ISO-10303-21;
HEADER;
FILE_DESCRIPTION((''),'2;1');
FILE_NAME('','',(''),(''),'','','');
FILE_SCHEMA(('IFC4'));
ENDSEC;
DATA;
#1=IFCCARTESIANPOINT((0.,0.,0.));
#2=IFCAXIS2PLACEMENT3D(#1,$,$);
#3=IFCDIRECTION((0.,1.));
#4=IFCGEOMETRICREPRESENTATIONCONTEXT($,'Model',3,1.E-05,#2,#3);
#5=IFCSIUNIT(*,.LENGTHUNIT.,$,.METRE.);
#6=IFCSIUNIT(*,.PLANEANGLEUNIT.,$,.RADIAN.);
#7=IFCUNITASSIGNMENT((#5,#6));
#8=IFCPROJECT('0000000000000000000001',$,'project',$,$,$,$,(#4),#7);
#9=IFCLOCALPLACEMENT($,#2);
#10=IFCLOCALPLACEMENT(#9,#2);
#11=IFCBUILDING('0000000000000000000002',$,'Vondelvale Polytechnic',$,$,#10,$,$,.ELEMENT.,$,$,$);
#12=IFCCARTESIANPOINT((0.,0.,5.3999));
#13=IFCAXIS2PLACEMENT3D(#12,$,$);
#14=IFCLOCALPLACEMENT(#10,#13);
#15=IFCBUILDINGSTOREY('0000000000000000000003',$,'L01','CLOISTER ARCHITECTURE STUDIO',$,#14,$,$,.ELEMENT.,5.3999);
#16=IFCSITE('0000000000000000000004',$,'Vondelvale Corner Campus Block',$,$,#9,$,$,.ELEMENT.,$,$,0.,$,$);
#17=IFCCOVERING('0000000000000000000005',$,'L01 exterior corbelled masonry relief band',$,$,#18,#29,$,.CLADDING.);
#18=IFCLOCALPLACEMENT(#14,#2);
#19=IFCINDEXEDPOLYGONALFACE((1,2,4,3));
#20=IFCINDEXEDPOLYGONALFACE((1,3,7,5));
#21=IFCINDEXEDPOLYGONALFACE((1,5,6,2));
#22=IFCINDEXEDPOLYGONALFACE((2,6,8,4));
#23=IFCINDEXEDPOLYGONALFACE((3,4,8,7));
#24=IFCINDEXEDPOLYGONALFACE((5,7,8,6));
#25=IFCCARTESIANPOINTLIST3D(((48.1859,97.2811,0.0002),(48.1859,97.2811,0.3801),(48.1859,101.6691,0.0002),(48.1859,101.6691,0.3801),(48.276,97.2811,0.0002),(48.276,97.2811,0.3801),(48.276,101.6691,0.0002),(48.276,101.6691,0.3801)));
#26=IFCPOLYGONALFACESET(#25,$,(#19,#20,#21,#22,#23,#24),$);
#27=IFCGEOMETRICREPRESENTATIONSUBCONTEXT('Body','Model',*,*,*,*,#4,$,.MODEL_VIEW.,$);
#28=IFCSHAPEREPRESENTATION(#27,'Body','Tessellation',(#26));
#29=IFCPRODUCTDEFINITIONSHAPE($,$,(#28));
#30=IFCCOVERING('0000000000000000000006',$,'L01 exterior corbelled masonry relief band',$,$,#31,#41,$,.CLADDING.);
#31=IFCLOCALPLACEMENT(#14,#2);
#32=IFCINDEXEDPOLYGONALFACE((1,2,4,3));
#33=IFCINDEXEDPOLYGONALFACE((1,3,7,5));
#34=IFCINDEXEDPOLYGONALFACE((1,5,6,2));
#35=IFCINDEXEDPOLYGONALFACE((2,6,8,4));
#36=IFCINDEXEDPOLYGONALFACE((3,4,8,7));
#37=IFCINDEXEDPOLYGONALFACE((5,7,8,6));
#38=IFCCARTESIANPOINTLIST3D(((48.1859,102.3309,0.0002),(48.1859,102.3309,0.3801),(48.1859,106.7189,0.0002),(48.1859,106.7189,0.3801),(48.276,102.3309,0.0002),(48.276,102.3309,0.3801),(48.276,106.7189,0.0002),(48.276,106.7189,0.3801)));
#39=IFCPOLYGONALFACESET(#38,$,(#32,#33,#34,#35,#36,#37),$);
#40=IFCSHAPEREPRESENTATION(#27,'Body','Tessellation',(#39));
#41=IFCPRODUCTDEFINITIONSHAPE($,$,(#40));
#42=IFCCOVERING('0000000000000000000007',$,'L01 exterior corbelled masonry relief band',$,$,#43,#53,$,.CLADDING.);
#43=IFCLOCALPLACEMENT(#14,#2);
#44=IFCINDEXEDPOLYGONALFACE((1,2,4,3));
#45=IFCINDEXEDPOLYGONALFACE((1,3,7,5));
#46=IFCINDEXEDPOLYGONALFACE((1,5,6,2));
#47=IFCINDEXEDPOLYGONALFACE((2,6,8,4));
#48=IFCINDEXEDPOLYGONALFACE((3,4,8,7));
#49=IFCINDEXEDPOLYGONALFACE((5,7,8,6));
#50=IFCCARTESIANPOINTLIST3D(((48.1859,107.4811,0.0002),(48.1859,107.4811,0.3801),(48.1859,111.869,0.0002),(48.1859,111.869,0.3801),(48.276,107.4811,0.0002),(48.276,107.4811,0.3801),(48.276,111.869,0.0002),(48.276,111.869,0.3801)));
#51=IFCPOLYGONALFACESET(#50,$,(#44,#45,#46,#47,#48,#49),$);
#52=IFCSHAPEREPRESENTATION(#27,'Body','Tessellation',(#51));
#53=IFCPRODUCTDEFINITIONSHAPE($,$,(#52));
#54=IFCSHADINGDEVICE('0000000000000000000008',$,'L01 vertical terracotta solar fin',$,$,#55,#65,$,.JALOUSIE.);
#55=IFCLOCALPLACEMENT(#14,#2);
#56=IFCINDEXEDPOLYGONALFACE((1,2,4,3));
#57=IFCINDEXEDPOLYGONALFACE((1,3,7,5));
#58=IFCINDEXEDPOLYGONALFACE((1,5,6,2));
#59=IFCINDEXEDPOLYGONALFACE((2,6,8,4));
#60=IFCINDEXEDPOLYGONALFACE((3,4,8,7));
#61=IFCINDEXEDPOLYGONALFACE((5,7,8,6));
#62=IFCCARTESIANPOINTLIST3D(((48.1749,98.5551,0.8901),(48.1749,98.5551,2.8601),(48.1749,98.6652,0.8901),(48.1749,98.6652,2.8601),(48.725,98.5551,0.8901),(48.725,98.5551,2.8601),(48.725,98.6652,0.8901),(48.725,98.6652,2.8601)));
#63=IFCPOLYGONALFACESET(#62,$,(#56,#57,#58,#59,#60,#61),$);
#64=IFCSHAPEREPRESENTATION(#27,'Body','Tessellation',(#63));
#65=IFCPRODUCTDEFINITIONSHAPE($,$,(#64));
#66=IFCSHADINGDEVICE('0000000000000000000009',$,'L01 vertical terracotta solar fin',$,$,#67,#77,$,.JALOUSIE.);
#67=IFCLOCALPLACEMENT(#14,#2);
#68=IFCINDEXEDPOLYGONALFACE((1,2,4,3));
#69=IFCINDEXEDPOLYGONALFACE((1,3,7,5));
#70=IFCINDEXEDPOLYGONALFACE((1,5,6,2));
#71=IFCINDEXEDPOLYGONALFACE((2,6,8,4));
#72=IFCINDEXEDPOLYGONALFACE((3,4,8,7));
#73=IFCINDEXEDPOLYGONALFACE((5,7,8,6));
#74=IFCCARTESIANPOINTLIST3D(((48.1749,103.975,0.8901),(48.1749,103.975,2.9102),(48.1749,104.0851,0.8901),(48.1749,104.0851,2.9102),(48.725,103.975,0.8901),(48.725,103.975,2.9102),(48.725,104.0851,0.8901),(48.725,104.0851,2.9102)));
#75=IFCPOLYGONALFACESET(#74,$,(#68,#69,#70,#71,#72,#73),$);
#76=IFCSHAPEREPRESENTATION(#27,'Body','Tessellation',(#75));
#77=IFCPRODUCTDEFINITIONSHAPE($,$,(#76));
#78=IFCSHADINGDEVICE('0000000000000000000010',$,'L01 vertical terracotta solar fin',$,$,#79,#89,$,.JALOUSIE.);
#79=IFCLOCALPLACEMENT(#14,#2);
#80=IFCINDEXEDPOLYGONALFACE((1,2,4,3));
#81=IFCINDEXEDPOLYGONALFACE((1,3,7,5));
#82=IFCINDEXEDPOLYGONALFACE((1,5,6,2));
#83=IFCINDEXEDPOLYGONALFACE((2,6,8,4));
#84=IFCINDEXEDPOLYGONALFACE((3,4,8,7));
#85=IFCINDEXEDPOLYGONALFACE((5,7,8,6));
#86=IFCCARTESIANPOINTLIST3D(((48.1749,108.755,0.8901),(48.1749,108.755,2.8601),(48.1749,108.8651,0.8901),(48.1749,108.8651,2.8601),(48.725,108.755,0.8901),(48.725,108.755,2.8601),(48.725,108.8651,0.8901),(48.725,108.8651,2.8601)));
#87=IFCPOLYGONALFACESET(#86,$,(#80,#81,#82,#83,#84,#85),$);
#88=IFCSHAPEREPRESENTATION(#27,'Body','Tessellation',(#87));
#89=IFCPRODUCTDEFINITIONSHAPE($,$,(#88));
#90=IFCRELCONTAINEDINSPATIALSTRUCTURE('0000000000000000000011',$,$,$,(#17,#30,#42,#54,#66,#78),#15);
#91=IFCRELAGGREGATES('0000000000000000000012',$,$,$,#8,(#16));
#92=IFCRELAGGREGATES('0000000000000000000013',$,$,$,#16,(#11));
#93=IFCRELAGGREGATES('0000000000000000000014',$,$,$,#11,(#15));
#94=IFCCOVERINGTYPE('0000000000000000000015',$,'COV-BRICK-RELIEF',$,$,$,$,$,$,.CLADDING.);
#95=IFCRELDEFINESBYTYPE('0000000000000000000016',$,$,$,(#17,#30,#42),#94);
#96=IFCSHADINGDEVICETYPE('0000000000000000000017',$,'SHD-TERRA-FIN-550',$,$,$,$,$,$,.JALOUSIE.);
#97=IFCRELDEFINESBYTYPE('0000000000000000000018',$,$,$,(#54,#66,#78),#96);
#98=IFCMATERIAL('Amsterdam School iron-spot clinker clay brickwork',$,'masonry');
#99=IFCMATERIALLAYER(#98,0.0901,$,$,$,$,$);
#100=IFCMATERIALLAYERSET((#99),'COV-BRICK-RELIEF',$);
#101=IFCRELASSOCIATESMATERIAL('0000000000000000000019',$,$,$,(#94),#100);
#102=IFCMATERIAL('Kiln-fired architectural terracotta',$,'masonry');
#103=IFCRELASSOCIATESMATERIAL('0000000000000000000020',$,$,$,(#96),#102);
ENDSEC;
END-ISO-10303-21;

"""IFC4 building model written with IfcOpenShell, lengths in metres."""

from ifc_helpers import new_model, si_unit, direction, frame, origin, origin_2d, place, context, subcontext, project, spatial, rectangle, extrude, material, layer, layer_set, type_object, element, save


model = new_model("IFC4")

# Units and contexts
model_context = context("Model", 3, precision=1e-05, world=origin(), true_north=direction((0.0, 1.0)))
body_context = subcontext(model_context, "Body", "Model", "MODEL_VIEW")
ifc_project = project(units=[si_unit("LENGTHUNIT", "METRE"), si_unit("PLANEANGLEUNIT", "RADIAN")], contexts=[model_context])

# Site, building, storey
site_placement = place(None, origin())
site = spatial("IfcSite", under=ifc_project, at=site_placement, Name="Vondelvale Corner Campus Block", CompositionType="ELEMENT", RefElevation=0.0)
building_placement = place(site_placement, origin())
building = spatial("IfcBuilding", under=site, at=building_placement, Name="Vondelvale Polytechnic", CompositionType="ELEMENT")
storey_placement = place(building_placement, frame((0.0, 0.0, 5.3999)))
storey = spatial("IfcBuildingStorey", under=building, at=storey_placement, Name="L01", Description="CLOISTER ARCHITECTURE STUDIO", CompositionType="ELEMENT", Elevation=5.3999)

# Shared definitions
ifc_material_1 = material(Name="Amsterdam School iron-spot clinker clay brickwork", Category="masonry")

# Coverings
ifc_layer_1 = layer(ifc_material_1, 0.0901)
ifc_layer_set_1 = layer_set([ifc_layer_1], Name="COV-BRICK-RELIEF")
covering_type = type_object("IfcCoveringType", Name="COV-BRICK-RELIEF", PredefinedType="CLADDING", material=ifc_layer_set_1)
for number, where, z_axis, x_axis, name in (
    (1, (48.231, 99.4751, 0.0002), (0.0, 0.0, 1.0), (0.0, -1.0, 0.0), "L01 exterior corbelled masonry relief band"),
    (2, (48.231, 104.5249, 0.0002), (0.0, 0.0, 1.0), (0.0, -1.0, 0.0), "L01 exterior corbelled masonry relief band"),
    (3, (48.231, 109.675, 0.0002), (0.0, 0.0, 1.0), (0.0, -1.0, 0.0), "L01 exterior corbelled masonry relief band"),
):
    element("IfcCovering", number, at=place(storey_placement, frame(where, z_axis=z_axis, x_axis=x_axis)), inside=storey, type_object=covering_type, Name=name, PredefinedType="CLADDING", context=body_context, shape_type="SweptSolid", body=[
        extrude(rectangle(XDim=4.3879, YDim=0.0901, at=origin_2d()), origin(), (0.0, 0.0, 1.0), 0.3799),
    ])

# Shading devices
ifc_material_2 = material(Name="Kiln-fired architectural terracotta", Category="masonry")
shading_device_type = type_object("IfcShadingDeviceType", Name="SHD-TERRA-FIN-550", PredefinedType="JALOUSIE", material=ifc_material_2)
shading_device_1_placement = place(storey_placement, frame((48.45, 98.6101, 0.8901), z_axis=(0.0, 0.0, 1.0), x_axis=(0.0, -1.0, 0.0)))
element("IfcShadingDevice", 4, at=shading_device_1_placement, inside=storey, type_object=shading_device_type, Name="L01 vertical terracotta solar fin", PredefinedType="JALOUSIE", context=body_context, shape_type="SweptSolid", body=[
    extrude(rectangle(XDim=0.1101, YDim=0.55, at=origin_2d()), origin(), (0.0, 0.0, 1.0), 1.97),
])
shading_device_2_placement = place(storey_placement, frame((48.45, 104.03, 0.8901), z_axis=(0.0, 0.0, 1.0), x_axis=(0.0, -1.0, 0.0)))
element("IfcShadingDevice", 5, at=shading_device_2_placement, inside=storey, type_object=shading_device_type, Name="L01 vertical terracotta solar fin", PredefinedType="JALOUSIE", context=body_context, shape_type="SweptSolid", body=[
    extrude(rectangle(XDim=0.1101, YDim=0.55, at=origin_2d()), origin(), (0.0, 0.0, 1.0), 2.02),
])
shading_device_3_placement = place(storey_placement, frame((48.45, 108.8101, 0.8901), z_axis=(0.0, 0.0, 1.0), x_axis=(0.0, -1.0, 0.0)))
element("IfcShadingDevice", 6, at=shading_device_3_placement, inside=storey, type_object=shading_device_type, Name="L01 vertical terracotta solar fin", PredefinedType="JALOUSIE", context=body_context, shape_type="SweptSolid", body=[
    extrude(rectangle(XDim=0.1101, YDim=0.55, at=origin_2d()), origin(), (0.0, 0.0, 1.0), 1.97),
])

save(model, "model.ifc")
